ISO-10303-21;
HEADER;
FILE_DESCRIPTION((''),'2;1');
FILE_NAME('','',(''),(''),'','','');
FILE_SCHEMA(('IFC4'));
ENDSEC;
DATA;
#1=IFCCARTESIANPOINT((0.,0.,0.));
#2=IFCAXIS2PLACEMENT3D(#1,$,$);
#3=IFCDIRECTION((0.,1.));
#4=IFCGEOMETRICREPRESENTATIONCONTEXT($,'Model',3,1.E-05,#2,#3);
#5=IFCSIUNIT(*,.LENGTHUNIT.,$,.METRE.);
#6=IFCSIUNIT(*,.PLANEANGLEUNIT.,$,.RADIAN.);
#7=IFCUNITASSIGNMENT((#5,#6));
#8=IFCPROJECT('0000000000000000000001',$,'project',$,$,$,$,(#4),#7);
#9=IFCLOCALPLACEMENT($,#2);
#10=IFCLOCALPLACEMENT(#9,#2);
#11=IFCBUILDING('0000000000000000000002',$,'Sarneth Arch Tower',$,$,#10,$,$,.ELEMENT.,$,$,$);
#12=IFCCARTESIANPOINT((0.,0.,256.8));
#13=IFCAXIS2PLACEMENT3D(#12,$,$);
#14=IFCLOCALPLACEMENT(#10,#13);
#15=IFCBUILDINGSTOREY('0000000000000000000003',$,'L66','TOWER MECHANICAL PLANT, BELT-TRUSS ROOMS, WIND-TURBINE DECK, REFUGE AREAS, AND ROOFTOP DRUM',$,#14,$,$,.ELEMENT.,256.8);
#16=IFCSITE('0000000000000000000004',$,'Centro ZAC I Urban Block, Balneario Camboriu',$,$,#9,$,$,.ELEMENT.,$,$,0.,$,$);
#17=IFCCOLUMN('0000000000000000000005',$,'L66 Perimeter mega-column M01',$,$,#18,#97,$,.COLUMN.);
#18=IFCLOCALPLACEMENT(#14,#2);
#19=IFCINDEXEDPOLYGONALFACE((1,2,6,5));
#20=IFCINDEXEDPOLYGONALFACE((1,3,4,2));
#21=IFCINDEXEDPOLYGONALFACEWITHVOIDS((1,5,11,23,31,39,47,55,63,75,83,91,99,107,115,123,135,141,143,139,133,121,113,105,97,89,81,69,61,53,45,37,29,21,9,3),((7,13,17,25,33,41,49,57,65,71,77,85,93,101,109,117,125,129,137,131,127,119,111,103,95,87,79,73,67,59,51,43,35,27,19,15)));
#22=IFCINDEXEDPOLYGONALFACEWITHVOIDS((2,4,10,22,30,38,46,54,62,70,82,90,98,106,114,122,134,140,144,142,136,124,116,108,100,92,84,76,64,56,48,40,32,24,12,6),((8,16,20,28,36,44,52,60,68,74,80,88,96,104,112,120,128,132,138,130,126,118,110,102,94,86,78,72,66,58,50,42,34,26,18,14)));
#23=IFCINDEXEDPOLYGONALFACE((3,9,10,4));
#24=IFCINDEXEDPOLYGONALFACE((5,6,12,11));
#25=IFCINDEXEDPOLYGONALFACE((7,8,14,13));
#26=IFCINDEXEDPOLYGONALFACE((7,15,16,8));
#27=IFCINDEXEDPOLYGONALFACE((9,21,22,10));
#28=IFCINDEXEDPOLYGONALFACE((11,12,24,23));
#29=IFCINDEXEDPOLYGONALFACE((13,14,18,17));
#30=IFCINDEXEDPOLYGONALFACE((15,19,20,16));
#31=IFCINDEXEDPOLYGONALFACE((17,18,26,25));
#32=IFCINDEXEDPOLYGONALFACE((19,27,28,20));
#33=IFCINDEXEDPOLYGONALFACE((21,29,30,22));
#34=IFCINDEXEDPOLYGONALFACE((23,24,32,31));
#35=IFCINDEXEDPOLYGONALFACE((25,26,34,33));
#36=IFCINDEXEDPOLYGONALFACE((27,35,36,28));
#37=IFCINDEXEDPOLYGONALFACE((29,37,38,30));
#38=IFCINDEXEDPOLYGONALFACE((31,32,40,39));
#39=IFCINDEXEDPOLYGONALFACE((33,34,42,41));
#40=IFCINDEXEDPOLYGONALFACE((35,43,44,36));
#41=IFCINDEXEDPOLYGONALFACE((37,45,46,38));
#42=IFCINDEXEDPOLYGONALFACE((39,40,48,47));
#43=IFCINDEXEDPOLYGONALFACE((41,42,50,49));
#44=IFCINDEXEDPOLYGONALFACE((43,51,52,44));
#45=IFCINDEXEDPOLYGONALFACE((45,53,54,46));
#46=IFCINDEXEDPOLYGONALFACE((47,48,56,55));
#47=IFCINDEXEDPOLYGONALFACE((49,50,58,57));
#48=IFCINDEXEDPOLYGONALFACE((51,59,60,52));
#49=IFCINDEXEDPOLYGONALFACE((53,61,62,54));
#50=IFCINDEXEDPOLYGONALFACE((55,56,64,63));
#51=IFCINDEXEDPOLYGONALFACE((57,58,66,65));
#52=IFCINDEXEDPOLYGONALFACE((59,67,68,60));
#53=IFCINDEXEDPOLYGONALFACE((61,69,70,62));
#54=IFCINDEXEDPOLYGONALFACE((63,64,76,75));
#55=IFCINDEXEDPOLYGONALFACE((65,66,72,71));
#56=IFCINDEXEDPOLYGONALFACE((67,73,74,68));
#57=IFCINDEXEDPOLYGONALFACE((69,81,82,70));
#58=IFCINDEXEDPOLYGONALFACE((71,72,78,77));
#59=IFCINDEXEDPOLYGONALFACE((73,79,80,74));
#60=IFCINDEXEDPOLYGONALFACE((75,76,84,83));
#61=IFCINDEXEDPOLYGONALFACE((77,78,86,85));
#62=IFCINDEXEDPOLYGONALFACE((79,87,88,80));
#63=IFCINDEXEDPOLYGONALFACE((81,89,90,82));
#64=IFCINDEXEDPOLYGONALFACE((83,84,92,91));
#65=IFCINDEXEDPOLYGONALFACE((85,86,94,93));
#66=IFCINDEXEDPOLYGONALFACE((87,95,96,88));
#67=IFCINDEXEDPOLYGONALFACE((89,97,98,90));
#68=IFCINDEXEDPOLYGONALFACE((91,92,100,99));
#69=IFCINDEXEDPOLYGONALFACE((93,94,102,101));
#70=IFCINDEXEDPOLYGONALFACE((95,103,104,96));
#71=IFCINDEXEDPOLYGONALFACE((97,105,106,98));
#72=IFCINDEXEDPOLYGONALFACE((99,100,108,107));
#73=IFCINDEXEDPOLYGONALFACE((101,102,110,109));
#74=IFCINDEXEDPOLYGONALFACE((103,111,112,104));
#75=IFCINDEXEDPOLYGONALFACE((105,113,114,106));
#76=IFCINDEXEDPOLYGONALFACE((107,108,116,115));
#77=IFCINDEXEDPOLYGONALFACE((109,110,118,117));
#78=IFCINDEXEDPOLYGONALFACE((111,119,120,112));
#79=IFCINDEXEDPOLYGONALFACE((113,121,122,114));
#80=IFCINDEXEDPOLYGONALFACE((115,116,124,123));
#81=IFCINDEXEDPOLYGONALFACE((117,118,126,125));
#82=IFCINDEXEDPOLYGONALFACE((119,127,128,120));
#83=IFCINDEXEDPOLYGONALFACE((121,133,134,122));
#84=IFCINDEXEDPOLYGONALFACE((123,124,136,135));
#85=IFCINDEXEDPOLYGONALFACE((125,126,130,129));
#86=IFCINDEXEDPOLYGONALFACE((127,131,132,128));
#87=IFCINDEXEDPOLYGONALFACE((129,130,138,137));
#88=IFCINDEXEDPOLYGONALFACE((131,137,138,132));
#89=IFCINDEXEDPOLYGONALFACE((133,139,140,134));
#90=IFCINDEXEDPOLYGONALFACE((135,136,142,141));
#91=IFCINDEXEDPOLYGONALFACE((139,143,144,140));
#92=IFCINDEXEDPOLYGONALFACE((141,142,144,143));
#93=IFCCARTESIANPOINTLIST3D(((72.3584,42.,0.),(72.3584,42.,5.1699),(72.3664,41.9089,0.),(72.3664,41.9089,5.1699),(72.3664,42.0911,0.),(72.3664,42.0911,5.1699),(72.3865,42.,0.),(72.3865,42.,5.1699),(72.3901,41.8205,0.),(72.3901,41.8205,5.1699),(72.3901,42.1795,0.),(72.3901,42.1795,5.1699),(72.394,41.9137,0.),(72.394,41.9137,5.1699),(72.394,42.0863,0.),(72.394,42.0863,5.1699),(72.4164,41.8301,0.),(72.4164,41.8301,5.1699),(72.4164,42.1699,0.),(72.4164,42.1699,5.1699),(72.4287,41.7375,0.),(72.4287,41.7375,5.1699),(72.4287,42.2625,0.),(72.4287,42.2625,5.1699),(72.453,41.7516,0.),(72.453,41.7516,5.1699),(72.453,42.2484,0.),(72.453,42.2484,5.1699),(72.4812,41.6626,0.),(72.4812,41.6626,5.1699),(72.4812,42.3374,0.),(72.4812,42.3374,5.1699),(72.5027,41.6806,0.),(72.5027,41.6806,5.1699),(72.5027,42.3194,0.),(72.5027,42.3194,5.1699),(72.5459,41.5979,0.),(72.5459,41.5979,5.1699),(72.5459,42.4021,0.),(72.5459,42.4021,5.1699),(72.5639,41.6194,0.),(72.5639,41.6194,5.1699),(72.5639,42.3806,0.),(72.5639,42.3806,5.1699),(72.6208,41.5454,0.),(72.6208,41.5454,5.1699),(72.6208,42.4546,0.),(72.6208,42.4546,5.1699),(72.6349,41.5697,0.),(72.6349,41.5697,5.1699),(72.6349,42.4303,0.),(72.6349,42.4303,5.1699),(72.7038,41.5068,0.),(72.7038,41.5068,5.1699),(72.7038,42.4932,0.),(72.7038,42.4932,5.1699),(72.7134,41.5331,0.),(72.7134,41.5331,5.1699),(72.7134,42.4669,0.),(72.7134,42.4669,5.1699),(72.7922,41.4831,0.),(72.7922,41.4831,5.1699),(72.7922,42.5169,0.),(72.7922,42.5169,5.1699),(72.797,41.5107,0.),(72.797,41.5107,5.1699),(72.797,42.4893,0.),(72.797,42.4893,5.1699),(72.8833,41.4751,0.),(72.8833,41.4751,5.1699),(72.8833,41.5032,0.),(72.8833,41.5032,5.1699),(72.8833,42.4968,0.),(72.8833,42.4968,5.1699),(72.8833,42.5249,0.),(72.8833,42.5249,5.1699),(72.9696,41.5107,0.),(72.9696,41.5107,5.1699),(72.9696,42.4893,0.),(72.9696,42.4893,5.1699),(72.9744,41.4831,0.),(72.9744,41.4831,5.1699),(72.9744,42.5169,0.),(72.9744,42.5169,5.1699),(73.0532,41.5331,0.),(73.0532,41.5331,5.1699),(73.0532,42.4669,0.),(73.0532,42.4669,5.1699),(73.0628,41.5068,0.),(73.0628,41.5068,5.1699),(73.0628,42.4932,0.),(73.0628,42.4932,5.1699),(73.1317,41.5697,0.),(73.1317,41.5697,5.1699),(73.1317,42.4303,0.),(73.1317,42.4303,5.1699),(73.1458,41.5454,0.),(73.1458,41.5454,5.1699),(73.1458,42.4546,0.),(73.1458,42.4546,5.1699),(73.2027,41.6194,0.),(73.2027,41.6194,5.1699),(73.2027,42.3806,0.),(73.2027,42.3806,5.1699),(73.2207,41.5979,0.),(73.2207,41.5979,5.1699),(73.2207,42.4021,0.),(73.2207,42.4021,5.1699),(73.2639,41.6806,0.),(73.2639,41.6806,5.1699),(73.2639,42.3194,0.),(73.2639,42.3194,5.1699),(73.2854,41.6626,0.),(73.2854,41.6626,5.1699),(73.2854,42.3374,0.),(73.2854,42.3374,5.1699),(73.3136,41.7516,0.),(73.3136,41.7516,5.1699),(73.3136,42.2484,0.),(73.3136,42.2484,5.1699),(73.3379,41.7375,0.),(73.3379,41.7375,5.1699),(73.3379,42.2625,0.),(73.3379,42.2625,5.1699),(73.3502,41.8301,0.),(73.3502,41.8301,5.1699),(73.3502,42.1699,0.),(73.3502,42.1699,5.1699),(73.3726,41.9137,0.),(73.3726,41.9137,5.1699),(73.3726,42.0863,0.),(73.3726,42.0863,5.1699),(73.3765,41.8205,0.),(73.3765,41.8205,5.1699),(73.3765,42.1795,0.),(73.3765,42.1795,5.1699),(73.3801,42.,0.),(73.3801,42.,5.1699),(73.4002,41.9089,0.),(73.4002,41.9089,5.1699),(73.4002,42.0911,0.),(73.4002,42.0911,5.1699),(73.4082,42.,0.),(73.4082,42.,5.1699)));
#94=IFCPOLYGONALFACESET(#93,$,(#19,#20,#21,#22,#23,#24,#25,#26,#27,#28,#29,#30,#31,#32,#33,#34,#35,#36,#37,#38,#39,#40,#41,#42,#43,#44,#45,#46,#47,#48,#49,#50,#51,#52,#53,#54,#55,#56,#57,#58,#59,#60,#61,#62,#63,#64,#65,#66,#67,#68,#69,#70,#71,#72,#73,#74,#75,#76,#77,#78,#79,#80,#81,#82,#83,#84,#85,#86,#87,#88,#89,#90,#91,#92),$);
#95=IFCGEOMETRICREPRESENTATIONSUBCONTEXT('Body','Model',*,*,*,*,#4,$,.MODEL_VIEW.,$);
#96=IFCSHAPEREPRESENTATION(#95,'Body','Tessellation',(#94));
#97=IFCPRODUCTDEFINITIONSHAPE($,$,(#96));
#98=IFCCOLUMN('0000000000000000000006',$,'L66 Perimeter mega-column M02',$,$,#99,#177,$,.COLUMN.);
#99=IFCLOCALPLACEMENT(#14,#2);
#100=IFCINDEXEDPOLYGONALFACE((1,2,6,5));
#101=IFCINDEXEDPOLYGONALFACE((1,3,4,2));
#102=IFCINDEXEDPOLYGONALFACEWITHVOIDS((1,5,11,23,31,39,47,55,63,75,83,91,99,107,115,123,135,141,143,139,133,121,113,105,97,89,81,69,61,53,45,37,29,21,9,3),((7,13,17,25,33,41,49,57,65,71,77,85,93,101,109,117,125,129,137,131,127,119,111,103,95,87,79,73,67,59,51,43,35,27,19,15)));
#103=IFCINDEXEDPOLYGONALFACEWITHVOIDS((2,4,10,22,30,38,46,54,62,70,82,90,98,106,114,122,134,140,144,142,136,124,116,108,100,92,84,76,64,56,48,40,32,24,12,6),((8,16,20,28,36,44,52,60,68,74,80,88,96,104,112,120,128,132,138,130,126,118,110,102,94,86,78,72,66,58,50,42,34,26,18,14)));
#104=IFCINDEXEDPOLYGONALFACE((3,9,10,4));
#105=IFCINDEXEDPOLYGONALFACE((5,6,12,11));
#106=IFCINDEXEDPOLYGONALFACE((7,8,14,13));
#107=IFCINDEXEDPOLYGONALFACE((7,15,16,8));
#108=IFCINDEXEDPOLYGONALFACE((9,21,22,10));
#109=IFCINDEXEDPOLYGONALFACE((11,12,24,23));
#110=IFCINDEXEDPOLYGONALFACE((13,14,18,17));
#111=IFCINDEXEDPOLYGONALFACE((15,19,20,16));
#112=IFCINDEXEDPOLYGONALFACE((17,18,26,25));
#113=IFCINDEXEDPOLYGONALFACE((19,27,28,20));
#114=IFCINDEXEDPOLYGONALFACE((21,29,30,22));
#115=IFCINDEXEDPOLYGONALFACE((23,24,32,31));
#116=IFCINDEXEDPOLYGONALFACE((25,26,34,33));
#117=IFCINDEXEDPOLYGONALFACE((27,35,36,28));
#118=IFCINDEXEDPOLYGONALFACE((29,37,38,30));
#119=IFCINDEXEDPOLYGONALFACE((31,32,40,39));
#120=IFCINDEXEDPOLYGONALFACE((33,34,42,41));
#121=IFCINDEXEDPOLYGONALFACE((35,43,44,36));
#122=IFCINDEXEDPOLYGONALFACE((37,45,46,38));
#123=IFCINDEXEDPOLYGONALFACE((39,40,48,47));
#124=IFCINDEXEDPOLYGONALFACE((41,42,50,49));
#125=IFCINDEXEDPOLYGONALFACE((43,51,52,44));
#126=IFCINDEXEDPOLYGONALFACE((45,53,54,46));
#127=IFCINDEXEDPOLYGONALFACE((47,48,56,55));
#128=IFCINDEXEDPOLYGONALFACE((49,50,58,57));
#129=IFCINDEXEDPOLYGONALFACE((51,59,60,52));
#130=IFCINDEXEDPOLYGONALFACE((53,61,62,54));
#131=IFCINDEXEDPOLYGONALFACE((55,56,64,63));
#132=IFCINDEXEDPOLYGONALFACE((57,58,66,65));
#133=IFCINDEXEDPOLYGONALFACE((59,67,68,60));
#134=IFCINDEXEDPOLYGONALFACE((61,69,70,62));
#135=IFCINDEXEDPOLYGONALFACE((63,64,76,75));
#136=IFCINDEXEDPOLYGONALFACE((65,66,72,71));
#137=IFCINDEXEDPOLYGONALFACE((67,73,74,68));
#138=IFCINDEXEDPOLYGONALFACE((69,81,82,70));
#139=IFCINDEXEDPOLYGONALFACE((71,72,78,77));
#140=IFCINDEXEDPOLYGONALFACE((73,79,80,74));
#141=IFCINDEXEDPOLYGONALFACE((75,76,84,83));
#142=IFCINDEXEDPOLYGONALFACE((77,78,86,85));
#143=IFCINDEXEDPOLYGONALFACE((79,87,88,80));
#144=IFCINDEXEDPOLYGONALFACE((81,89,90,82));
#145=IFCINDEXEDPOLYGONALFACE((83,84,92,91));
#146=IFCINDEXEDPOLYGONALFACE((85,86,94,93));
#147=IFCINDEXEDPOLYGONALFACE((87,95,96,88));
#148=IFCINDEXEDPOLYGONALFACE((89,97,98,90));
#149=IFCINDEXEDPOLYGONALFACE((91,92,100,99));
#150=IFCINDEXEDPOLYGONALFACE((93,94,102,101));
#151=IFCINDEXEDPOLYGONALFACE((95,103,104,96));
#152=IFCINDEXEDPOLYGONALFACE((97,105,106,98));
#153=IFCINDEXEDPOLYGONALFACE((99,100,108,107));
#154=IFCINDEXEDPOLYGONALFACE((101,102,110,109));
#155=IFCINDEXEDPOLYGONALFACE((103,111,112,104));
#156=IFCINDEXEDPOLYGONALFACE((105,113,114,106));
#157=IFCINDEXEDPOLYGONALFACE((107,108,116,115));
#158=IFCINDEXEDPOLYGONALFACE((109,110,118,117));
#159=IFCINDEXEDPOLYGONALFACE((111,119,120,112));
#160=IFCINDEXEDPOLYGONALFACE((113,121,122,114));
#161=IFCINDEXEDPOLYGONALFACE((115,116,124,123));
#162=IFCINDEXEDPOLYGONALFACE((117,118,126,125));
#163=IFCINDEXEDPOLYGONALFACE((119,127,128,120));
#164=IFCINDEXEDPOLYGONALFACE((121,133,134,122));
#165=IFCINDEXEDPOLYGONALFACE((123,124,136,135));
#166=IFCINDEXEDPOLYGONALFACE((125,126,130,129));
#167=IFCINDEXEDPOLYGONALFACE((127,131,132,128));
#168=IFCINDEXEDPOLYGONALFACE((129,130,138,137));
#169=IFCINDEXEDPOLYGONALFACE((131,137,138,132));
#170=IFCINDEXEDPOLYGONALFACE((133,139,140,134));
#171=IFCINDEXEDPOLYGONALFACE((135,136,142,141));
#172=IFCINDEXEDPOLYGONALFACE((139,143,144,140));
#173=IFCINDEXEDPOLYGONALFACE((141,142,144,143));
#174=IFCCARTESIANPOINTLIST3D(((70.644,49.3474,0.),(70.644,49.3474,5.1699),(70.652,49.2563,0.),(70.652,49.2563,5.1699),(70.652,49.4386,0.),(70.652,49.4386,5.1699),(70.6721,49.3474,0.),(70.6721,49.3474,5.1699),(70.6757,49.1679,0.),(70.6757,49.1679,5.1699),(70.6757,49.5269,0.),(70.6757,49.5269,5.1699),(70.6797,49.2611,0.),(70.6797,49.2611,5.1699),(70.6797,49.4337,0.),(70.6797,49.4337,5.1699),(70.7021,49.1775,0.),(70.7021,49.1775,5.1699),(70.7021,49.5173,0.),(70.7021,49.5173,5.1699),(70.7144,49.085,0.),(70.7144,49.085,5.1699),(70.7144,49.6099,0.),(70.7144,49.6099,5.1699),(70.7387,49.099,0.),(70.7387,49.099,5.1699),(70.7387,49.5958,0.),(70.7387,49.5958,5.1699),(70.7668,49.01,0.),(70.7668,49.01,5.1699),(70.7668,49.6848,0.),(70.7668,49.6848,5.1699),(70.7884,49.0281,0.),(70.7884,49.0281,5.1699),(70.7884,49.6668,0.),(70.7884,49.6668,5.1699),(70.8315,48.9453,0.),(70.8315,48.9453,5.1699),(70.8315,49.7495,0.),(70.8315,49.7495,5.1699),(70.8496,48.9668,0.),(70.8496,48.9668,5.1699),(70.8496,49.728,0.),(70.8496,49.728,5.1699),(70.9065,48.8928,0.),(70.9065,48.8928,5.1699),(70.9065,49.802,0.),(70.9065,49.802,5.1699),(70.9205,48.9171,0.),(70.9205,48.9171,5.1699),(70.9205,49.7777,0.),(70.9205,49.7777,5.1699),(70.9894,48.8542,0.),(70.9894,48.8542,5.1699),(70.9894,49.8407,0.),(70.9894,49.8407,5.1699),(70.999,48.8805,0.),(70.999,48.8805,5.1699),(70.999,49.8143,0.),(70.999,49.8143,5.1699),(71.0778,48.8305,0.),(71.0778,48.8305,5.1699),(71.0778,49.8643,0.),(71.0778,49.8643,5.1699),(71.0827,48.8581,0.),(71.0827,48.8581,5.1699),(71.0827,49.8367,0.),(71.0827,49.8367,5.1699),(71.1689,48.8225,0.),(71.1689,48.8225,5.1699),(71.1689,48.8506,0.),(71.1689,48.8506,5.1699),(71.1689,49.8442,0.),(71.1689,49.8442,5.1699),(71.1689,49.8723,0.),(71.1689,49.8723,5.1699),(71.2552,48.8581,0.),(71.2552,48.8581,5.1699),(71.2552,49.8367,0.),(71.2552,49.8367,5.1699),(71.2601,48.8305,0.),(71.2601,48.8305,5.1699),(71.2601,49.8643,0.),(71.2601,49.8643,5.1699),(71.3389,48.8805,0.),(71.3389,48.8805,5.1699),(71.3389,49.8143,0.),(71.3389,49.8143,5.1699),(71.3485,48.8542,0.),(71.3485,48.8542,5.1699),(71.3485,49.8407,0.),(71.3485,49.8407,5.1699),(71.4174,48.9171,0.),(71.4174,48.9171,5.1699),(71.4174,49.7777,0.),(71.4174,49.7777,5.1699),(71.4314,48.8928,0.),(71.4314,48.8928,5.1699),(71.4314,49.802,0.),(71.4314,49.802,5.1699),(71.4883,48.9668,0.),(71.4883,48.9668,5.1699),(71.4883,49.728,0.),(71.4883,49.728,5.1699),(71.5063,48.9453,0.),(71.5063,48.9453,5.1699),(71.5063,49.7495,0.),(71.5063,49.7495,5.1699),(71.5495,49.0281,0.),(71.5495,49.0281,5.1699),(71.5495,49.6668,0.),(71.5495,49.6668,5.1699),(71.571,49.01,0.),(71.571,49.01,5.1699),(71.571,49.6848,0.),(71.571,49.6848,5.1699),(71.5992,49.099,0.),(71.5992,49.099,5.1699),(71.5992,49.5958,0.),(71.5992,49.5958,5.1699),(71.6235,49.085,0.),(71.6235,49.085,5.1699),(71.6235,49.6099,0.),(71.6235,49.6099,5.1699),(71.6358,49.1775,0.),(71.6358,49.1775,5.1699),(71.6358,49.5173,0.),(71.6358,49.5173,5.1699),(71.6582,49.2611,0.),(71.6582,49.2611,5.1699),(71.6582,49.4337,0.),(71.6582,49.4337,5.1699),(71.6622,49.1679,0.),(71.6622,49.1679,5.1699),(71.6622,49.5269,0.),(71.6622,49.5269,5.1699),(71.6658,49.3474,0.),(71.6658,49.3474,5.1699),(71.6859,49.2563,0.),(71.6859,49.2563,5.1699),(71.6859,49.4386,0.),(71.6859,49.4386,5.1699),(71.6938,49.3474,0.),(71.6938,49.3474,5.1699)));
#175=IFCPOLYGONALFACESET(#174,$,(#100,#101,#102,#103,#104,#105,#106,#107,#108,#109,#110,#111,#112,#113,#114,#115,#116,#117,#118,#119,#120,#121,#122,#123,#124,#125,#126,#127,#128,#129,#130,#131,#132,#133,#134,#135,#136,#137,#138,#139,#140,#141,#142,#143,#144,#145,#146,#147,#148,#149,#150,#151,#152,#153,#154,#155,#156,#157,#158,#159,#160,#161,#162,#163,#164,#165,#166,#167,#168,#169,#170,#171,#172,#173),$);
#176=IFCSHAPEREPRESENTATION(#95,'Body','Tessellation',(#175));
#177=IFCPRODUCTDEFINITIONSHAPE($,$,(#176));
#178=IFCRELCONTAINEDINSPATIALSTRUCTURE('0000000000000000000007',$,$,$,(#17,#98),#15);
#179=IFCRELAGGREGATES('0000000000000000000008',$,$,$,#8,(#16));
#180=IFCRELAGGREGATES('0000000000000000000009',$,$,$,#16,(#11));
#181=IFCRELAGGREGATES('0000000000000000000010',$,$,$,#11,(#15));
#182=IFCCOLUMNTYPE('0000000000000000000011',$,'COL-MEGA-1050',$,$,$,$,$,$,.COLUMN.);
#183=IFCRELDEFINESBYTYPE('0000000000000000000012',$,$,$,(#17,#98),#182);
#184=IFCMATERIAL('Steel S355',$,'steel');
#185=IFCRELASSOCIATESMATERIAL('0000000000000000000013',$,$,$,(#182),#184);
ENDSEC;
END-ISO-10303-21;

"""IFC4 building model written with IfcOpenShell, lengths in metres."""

from ifc_helpers import new_model, si_unit, direction, frame, origin, origin_2d, place, context, subcontext, project, spatial, hollow_circle, extrude, material, material_profile, profile_set, type_object, element, save


model = new_model("IFC4")

# Units and contexts
model_context = context("Model", 3, precision=1e-05, world=origin(), true_north=direction((0.0, 1.0)))
body_context = subcontext(model_context, "Body", "Model", "MODEL_VIEW")
ifc_project = project(units=[si_unit("LENGTHUNIT", "METRE"), si_unit("PLANEANGLEUNIT", "RADIAN")], contexts=[model_context])

# Site, building, storey
site_placement = place(None, origin())
site = spatial("IfcSite", under=ifc_project, at=site_placement, Name="Centro ZAC I Urban Block, Balneario Camboriu", CompositionType="ELEMENT", RefElevation=0.0)
building_placement = place(site_placement, origin())
building = spatial("IfcBuilding", under=site, at=building_placement, Name="Sarneth Arch Tower", CompositionType="ELEMENT")
storey_placement = place(building_placement, frame((0.0, 0.0, 256.8)))
storey = spatial("IfcBuildingStorey", under=building, at=storey_placement, Name="L66", Description="TOWER MECHANICAL PLANT, BELT-TRUSS ROOMS, WIND-TURBINE DECK, REFUGE AREAS, AND ROOFTOP DRUM", CompositionType="ELEMENT", Elevation=256.8)

# Columns
ifc_material_1 = material(Name="Steel S355", Category="steel")
ifc_material_profile_1 = material_profile(ifc_material_1, hollow_circle(Radius=0.5249, WallThickness=0.0281, at=origin_2d()), Name="CHS1050x28")
ifc_profile_set_1 = profile_set([ifc_material_profile_1], Name="Steel S355")
column_type = type_object("IfcColumnType", Name="COL-MEGA-1050", PredefinedType="COLUMN", material=ifc_profile_set_1)
for number, where, z_axis, x_axis, name in (
    (1, (72.8833, 42.0, 0.0), (0.0, 0.0, 1.0), (1.0, 0.0, 0.0), "L66 Perimeter mega-column M01"),
    (2, (71.1689, 49.3474, 0.0), (0.0, 0.0, 1.0), (1.0, 0.0, 0.0), "L66 Perimeter mega-column M02"),
):
    element("IfcColumn", number, at=place(storey_placement, frame(where, z_axis=z_axis, x_axis=x_axis)), inside=storey, type_object=column_type, Name=name, PredefinedType="COLUMN", context=body_context, shape_type="SweptSolid", body=[
        extrude(hollow_circle(Radius=0.5249, WallThickness=0.0281, at=origin_2d()), origin(), (0.0, 0.0, 1.0), 5.1699),
    ])

save(model, "model.ifc")
